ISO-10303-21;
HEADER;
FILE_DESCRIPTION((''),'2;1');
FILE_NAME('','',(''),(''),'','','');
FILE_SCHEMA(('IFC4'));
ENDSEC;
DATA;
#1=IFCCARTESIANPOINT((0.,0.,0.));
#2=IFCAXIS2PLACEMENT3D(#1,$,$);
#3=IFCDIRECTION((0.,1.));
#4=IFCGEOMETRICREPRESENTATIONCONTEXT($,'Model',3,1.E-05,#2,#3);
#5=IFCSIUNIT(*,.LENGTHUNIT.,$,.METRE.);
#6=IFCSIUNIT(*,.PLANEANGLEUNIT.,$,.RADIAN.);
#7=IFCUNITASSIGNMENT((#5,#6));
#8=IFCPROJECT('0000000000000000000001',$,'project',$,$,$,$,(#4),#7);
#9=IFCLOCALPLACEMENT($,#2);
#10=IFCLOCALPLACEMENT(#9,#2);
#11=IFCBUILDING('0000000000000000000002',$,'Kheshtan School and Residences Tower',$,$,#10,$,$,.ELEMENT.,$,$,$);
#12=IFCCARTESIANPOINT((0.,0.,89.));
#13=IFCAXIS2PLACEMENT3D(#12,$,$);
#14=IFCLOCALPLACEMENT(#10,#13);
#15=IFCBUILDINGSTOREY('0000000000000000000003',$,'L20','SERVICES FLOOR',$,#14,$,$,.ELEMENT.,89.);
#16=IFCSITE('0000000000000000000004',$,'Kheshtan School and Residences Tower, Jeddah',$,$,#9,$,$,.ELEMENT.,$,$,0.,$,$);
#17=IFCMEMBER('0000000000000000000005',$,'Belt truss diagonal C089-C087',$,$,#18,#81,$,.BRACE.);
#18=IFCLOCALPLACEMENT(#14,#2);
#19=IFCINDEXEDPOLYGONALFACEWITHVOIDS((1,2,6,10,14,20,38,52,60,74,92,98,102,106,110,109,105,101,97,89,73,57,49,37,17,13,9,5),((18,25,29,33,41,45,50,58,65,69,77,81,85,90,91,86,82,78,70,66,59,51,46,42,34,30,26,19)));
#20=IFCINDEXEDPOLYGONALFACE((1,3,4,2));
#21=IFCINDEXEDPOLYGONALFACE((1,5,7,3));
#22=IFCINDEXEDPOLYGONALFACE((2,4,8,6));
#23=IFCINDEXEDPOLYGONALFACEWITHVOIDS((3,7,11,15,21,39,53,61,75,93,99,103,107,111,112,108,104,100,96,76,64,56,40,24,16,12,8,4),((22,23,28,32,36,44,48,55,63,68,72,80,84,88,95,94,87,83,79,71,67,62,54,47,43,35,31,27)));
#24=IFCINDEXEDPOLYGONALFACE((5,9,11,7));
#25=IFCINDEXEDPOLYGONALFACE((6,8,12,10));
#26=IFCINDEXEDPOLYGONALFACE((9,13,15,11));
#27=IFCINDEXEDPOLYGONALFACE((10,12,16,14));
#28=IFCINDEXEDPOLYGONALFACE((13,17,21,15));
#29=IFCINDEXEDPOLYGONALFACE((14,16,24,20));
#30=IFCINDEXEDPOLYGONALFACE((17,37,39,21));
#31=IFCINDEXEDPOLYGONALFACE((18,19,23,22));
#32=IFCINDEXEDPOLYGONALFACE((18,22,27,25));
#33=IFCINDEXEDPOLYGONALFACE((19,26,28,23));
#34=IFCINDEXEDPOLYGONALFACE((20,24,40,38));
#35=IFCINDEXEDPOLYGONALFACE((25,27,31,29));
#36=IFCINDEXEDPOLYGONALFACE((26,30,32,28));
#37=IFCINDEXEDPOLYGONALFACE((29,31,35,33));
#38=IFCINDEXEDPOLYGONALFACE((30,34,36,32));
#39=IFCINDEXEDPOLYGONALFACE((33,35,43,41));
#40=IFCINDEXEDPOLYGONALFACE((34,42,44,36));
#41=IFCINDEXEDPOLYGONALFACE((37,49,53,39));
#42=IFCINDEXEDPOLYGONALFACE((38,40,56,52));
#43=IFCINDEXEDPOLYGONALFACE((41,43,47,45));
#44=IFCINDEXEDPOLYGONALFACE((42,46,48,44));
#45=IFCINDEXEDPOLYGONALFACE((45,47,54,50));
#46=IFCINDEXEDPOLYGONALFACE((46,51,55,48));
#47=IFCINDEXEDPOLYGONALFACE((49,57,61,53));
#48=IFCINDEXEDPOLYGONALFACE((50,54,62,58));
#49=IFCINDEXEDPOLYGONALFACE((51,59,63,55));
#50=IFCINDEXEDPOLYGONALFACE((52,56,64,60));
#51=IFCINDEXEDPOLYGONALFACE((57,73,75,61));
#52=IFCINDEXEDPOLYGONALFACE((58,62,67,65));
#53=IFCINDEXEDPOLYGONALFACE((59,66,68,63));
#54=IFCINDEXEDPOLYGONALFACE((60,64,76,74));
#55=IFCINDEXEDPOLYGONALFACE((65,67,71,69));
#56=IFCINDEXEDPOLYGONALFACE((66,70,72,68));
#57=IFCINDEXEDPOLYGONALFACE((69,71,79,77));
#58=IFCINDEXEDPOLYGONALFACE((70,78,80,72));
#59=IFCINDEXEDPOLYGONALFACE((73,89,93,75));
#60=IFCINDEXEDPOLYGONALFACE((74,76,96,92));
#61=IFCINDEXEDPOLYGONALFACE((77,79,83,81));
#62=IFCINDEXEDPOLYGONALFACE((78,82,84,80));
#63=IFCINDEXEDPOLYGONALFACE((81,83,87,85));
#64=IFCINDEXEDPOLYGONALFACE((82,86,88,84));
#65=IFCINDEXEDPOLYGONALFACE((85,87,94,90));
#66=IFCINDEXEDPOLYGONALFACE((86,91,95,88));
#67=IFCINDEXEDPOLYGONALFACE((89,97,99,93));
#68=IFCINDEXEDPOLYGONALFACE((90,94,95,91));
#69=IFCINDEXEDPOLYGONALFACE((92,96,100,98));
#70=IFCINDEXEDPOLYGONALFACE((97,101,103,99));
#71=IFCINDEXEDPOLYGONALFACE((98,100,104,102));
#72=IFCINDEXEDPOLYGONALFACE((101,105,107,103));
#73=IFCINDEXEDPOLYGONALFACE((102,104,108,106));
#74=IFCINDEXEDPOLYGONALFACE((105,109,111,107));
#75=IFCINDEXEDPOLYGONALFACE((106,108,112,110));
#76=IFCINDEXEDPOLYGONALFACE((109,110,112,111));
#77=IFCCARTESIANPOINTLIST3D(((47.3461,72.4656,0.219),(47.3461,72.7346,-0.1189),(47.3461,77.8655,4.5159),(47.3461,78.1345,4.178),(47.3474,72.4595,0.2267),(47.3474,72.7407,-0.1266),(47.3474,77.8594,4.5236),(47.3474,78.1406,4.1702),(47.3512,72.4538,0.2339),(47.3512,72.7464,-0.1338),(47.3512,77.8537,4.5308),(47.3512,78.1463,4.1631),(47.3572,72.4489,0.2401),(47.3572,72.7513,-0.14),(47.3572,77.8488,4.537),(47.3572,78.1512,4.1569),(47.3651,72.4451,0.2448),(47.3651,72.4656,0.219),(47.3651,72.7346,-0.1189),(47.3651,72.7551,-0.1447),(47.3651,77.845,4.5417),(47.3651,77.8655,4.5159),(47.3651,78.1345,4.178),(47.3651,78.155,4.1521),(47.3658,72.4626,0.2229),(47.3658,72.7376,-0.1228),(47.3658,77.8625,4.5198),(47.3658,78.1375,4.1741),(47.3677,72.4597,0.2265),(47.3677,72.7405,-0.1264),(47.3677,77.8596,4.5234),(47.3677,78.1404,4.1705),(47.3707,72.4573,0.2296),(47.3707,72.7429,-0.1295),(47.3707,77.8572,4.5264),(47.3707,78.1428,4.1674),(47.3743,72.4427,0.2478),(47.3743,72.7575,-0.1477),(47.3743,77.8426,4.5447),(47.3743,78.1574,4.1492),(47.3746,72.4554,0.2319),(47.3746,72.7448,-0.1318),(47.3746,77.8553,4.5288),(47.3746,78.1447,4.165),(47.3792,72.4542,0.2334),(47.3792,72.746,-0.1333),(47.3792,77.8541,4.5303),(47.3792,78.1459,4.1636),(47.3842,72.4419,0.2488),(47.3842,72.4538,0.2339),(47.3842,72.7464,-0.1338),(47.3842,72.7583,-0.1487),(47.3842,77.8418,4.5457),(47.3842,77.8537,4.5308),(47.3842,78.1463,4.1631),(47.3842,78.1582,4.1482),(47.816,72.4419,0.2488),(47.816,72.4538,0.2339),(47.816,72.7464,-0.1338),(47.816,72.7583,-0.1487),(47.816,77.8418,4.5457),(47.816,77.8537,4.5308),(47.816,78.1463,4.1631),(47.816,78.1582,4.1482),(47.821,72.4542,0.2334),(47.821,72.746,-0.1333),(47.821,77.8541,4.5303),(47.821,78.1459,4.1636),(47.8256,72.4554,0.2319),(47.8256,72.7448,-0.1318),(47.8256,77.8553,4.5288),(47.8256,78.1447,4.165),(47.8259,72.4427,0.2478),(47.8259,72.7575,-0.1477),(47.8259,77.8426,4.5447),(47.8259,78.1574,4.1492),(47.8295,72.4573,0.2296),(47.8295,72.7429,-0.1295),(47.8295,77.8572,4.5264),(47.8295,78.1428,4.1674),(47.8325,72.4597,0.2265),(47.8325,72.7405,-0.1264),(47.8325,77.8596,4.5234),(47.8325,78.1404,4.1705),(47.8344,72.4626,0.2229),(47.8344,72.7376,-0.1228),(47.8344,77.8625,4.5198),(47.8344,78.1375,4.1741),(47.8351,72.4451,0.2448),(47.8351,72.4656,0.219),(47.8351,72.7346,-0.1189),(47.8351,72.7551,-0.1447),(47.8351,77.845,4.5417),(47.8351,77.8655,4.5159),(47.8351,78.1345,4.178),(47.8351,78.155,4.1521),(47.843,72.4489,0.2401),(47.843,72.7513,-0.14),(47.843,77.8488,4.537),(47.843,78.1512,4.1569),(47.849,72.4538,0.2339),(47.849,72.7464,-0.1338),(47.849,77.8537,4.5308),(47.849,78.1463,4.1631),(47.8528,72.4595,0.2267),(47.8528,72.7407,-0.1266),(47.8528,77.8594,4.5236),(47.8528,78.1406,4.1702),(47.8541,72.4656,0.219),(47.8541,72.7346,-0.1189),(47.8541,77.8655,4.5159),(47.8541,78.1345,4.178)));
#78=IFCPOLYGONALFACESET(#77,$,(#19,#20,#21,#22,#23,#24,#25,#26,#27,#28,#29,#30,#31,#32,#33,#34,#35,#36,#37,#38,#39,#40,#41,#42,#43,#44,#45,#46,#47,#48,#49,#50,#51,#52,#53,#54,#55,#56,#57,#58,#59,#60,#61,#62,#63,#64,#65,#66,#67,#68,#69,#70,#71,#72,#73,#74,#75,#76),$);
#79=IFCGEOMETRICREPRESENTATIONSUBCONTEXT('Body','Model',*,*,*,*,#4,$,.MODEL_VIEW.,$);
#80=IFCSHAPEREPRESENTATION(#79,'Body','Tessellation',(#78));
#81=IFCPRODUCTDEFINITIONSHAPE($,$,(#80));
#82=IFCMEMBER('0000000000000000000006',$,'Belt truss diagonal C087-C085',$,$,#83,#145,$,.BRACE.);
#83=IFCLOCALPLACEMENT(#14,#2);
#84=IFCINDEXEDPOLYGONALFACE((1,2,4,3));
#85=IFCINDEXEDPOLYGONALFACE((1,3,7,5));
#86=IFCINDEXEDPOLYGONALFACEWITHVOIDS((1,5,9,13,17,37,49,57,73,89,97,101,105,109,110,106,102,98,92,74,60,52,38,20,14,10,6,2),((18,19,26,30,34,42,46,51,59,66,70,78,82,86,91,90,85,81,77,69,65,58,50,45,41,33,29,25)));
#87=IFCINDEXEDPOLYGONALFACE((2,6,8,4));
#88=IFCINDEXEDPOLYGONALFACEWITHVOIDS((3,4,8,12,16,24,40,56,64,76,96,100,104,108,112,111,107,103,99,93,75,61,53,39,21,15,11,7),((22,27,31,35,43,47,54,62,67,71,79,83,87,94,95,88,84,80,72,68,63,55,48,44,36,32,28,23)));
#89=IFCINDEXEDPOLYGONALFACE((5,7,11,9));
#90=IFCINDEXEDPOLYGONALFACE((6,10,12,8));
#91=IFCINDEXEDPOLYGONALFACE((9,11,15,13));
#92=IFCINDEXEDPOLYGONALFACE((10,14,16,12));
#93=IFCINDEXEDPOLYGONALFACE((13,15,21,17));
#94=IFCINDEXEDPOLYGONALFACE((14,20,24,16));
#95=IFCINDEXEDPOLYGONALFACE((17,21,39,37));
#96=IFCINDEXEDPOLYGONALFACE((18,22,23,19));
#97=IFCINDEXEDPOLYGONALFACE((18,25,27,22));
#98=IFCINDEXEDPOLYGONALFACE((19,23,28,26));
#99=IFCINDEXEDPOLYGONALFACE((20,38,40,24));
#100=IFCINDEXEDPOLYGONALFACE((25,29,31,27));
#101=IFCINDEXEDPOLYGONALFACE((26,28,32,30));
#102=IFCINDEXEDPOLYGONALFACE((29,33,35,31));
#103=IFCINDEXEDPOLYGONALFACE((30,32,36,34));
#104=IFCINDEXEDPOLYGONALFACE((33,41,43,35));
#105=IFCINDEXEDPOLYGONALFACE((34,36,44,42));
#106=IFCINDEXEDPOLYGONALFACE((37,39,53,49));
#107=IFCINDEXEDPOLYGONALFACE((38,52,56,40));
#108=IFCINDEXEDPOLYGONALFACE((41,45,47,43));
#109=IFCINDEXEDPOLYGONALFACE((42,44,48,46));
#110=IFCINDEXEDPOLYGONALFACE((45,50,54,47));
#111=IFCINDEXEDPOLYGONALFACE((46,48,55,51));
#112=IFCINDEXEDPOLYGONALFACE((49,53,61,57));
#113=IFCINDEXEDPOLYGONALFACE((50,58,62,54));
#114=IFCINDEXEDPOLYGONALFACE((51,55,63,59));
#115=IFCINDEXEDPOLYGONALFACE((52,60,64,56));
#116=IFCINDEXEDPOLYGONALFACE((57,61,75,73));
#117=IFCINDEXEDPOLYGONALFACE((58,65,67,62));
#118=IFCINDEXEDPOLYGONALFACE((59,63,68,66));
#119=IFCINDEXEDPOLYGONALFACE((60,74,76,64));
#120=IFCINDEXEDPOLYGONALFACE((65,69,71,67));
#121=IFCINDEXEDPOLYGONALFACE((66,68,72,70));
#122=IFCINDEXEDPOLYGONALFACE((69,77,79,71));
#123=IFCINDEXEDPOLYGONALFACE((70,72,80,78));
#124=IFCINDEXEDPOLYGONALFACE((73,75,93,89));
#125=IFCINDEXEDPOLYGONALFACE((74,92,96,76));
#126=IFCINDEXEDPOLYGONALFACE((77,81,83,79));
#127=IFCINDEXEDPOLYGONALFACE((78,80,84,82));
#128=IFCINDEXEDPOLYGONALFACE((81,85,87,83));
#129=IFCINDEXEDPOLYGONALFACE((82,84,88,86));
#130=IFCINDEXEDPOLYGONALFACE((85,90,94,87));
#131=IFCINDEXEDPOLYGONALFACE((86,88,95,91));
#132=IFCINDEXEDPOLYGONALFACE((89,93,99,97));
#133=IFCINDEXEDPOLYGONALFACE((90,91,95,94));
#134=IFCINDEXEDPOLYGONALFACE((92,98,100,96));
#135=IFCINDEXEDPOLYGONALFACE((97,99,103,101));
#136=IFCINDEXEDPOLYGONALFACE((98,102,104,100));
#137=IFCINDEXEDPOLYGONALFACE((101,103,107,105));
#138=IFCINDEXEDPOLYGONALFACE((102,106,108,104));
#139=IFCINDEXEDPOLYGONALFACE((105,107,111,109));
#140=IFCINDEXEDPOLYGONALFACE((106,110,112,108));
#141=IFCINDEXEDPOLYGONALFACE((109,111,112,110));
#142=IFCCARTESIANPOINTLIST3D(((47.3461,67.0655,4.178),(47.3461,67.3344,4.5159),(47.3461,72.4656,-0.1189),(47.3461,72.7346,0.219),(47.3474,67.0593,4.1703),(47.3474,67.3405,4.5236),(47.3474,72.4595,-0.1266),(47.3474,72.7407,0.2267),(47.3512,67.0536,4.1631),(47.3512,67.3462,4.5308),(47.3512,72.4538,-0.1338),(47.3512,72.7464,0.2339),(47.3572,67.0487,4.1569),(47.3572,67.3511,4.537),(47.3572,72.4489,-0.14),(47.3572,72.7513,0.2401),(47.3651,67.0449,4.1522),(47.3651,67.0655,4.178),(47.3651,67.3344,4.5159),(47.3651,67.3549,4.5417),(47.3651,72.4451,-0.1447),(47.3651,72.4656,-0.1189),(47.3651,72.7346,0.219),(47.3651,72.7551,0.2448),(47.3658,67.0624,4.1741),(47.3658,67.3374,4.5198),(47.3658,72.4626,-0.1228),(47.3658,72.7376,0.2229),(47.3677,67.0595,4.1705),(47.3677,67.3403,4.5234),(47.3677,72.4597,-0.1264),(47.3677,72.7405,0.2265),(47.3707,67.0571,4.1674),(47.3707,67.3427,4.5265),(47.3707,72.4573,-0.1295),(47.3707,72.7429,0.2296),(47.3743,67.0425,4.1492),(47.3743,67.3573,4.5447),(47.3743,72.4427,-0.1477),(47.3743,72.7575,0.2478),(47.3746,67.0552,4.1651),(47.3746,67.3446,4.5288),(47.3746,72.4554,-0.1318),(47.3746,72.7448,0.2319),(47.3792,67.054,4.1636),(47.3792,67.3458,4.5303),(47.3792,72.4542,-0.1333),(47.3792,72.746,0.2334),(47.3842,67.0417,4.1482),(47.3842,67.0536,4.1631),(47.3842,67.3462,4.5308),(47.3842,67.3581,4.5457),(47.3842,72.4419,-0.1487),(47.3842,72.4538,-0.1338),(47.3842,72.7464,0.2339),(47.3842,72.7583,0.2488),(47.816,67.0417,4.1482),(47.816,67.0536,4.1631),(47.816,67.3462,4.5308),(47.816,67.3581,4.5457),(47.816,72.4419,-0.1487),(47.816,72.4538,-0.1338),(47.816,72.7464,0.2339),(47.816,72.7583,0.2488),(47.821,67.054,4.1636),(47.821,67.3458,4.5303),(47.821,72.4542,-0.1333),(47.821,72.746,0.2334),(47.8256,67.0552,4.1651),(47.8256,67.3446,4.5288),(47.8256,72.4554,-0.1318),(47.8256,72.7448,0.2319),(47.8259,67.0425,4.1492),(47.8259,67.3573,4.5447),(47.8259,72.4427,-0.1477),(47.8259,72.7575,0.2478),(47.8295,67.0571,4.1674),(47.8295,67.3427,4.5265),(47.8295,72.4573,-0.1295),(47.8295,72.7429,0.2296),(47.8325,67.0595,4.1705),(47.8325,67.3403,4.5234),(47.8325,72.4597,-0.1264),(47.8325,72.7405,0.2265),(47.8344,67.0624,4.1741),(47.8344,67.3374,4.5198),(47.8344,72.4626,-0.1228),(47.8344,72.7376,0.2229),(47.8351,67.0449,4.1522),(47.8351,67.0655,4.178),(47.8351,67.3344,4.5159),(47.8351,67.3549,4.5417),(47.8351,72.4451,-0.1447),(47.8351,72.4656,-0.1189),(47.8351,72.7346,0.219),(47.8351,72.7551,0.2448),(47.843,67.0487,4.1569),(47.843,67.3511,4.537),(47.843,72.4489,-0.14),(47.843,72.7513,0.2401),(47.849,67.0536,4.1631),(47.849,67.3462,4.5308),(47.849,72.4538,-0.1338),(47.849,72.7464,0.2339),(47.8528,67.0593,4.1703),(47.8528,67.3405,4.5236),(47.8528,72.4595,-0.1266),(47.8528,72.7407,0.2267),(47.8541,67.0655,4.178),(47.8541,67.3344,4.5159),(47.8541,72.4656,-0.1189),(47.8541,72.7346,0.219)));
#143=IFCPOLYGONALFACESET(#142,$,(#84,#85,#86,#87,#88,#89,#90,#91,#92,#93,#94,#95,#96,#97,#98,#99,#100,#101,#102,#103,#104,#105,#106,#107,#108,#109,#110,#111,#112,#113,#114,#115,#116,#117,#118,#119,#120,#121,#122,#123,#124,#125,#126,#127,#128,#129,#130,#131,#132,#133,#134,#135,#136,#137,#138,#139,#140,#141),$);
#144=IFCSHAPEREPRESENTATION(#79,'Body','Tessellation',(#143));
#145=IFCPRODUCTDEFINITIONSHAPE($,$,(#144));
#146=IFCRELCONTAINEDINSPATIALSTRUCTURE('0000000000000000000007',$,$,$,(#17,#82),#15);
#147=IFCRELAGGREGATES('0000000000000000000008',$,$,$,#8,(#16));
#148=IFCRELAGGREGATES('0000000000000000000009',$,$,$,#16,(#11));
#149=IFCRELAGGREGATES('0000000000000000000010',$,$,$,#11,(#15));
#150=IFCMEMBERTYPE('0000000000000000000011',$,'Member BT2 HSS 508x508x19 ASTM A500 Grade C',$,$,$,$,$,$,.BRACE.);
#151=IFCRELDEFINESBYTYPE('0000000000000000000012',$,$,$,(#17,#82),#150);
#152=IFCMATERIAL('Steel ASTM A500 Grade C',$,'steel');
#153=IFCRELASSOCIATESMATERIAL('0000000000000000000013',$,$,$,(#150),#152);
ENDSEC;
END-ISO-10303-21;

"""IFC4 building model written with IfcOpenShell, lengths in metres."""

from ifc_helpers import new_model, si_unit, direction, frame, origin, origin_2d, place, context, subcontext, project, spatial, hollow_rectangle, extrude, material, material_profile, profile_set, type_object, element, save


model = new_model("IFC4")

# Units and contexts
model_context = context("Model", 3, precision=1e-05, world=origin(), true_north=direction((0.0, 1.0)))
body_context = subcontext(model_context, "Body", "Model", "MODEL_VIEW")
ifc_project = project(units=[si_unit("LENGTHUNIT", "METRE"), si_unit("PLANEANGLEUNIT", "RADIAN")], contexts=[model_context])

# Site, building, storey
site_placement = place(None, origin())
site = spatial("IfcSite", under=ifc_project, at=site_placement, Name="Kheshtan School and Residences Tower, Jeddah", CompositionType="ELEMENT", RefElevation=0.0)
building_placement = place(site_placement, origin())
building = spatial("IfcBuilding", under=site, at=building_placement, Name="Kheshtan School and Residences Tower", CompositionType="ELEMENT")
storey_placement = place(building_placement, frame((0.0, 0.0, 89.0)))
storey = spatial("IfcBuildingStorey", under=building, at=storey_placement, Name="L20", Description="SERVICES FLOOR", CompositionType="ELEMENT", Elevation=89.0)

# Members
ifc_material_1 = material(Name="Steel ASTM A500 Grade C", Category="steel")
ifc_material_profile_1 = material_profile(ifc_material_1, hollow_rectangle(XDim=0.5081, YDim=0.5081, WallThickness=0.019, InnerFilletRadius=0.019, OuterFilletRadius=0.0381, at=origin_2d()), Name="HSS 508x508x19")
ifc_profile_set_1 = profile_set([ifc_material_profile_1], Name="Steel ASTM A500 Grade C")
member_type_1 = type_object("IfcMemberType", Name="Member BT2 HSS 508x508x19 ASTM A500 Grade C", PredefinedType="BRACE", material=ifc_profile_set_1)
member_1_placement = place(storey_placement, frame((47.6001, 72.6001, 0.05), z_axis=(0.0, 0.782495, 0.622657), x_axis=(-1.0, 0.0, 0.0)))
element("IfcMember", 1, at=member_1_placement, inside=storey, type_object=member_type_1, Name="Belt truss diagonal C089-C087", PredefinedType="BRACE", context=body_context, shape_type="SweptSolid", body=[
    extrude(hollow_rectangle(XDim=0.5081, YDim=0.5081, WallThickness=0.019, InnerFilletRadius=0.019, OuterFilletRadius=0.0381, at=origin_2d()), origin(), (0.0, 0.0, 1.0), 6.9009),
])
member_2_placement = place(storey_placement, frame((47.6001, 72.6001, 0.05), z_axis=(0.0, -0.782509, 0.622639), x_axis=(1.0, 0.0, 0.0)))
element("IfcMember", 2, at=member_2_placement, inside=storey, type_object=member_type_1, Name="Belt truss diagonal C087-C085", PredefinedType="BRACE", context=body_context, shape_type="SweptSolid", body=[
    extrude(hollow_rectangle(XDim=0.5081, YDim=0.5081, WallThickness=0.019, InnerFilletRadius=0.019, OuterFilletRadius=0.0381, at=origin_2d()), origin(), (0.0, 0.0, 1.0), 6.9011),
])

save(model, "model.ifc")
